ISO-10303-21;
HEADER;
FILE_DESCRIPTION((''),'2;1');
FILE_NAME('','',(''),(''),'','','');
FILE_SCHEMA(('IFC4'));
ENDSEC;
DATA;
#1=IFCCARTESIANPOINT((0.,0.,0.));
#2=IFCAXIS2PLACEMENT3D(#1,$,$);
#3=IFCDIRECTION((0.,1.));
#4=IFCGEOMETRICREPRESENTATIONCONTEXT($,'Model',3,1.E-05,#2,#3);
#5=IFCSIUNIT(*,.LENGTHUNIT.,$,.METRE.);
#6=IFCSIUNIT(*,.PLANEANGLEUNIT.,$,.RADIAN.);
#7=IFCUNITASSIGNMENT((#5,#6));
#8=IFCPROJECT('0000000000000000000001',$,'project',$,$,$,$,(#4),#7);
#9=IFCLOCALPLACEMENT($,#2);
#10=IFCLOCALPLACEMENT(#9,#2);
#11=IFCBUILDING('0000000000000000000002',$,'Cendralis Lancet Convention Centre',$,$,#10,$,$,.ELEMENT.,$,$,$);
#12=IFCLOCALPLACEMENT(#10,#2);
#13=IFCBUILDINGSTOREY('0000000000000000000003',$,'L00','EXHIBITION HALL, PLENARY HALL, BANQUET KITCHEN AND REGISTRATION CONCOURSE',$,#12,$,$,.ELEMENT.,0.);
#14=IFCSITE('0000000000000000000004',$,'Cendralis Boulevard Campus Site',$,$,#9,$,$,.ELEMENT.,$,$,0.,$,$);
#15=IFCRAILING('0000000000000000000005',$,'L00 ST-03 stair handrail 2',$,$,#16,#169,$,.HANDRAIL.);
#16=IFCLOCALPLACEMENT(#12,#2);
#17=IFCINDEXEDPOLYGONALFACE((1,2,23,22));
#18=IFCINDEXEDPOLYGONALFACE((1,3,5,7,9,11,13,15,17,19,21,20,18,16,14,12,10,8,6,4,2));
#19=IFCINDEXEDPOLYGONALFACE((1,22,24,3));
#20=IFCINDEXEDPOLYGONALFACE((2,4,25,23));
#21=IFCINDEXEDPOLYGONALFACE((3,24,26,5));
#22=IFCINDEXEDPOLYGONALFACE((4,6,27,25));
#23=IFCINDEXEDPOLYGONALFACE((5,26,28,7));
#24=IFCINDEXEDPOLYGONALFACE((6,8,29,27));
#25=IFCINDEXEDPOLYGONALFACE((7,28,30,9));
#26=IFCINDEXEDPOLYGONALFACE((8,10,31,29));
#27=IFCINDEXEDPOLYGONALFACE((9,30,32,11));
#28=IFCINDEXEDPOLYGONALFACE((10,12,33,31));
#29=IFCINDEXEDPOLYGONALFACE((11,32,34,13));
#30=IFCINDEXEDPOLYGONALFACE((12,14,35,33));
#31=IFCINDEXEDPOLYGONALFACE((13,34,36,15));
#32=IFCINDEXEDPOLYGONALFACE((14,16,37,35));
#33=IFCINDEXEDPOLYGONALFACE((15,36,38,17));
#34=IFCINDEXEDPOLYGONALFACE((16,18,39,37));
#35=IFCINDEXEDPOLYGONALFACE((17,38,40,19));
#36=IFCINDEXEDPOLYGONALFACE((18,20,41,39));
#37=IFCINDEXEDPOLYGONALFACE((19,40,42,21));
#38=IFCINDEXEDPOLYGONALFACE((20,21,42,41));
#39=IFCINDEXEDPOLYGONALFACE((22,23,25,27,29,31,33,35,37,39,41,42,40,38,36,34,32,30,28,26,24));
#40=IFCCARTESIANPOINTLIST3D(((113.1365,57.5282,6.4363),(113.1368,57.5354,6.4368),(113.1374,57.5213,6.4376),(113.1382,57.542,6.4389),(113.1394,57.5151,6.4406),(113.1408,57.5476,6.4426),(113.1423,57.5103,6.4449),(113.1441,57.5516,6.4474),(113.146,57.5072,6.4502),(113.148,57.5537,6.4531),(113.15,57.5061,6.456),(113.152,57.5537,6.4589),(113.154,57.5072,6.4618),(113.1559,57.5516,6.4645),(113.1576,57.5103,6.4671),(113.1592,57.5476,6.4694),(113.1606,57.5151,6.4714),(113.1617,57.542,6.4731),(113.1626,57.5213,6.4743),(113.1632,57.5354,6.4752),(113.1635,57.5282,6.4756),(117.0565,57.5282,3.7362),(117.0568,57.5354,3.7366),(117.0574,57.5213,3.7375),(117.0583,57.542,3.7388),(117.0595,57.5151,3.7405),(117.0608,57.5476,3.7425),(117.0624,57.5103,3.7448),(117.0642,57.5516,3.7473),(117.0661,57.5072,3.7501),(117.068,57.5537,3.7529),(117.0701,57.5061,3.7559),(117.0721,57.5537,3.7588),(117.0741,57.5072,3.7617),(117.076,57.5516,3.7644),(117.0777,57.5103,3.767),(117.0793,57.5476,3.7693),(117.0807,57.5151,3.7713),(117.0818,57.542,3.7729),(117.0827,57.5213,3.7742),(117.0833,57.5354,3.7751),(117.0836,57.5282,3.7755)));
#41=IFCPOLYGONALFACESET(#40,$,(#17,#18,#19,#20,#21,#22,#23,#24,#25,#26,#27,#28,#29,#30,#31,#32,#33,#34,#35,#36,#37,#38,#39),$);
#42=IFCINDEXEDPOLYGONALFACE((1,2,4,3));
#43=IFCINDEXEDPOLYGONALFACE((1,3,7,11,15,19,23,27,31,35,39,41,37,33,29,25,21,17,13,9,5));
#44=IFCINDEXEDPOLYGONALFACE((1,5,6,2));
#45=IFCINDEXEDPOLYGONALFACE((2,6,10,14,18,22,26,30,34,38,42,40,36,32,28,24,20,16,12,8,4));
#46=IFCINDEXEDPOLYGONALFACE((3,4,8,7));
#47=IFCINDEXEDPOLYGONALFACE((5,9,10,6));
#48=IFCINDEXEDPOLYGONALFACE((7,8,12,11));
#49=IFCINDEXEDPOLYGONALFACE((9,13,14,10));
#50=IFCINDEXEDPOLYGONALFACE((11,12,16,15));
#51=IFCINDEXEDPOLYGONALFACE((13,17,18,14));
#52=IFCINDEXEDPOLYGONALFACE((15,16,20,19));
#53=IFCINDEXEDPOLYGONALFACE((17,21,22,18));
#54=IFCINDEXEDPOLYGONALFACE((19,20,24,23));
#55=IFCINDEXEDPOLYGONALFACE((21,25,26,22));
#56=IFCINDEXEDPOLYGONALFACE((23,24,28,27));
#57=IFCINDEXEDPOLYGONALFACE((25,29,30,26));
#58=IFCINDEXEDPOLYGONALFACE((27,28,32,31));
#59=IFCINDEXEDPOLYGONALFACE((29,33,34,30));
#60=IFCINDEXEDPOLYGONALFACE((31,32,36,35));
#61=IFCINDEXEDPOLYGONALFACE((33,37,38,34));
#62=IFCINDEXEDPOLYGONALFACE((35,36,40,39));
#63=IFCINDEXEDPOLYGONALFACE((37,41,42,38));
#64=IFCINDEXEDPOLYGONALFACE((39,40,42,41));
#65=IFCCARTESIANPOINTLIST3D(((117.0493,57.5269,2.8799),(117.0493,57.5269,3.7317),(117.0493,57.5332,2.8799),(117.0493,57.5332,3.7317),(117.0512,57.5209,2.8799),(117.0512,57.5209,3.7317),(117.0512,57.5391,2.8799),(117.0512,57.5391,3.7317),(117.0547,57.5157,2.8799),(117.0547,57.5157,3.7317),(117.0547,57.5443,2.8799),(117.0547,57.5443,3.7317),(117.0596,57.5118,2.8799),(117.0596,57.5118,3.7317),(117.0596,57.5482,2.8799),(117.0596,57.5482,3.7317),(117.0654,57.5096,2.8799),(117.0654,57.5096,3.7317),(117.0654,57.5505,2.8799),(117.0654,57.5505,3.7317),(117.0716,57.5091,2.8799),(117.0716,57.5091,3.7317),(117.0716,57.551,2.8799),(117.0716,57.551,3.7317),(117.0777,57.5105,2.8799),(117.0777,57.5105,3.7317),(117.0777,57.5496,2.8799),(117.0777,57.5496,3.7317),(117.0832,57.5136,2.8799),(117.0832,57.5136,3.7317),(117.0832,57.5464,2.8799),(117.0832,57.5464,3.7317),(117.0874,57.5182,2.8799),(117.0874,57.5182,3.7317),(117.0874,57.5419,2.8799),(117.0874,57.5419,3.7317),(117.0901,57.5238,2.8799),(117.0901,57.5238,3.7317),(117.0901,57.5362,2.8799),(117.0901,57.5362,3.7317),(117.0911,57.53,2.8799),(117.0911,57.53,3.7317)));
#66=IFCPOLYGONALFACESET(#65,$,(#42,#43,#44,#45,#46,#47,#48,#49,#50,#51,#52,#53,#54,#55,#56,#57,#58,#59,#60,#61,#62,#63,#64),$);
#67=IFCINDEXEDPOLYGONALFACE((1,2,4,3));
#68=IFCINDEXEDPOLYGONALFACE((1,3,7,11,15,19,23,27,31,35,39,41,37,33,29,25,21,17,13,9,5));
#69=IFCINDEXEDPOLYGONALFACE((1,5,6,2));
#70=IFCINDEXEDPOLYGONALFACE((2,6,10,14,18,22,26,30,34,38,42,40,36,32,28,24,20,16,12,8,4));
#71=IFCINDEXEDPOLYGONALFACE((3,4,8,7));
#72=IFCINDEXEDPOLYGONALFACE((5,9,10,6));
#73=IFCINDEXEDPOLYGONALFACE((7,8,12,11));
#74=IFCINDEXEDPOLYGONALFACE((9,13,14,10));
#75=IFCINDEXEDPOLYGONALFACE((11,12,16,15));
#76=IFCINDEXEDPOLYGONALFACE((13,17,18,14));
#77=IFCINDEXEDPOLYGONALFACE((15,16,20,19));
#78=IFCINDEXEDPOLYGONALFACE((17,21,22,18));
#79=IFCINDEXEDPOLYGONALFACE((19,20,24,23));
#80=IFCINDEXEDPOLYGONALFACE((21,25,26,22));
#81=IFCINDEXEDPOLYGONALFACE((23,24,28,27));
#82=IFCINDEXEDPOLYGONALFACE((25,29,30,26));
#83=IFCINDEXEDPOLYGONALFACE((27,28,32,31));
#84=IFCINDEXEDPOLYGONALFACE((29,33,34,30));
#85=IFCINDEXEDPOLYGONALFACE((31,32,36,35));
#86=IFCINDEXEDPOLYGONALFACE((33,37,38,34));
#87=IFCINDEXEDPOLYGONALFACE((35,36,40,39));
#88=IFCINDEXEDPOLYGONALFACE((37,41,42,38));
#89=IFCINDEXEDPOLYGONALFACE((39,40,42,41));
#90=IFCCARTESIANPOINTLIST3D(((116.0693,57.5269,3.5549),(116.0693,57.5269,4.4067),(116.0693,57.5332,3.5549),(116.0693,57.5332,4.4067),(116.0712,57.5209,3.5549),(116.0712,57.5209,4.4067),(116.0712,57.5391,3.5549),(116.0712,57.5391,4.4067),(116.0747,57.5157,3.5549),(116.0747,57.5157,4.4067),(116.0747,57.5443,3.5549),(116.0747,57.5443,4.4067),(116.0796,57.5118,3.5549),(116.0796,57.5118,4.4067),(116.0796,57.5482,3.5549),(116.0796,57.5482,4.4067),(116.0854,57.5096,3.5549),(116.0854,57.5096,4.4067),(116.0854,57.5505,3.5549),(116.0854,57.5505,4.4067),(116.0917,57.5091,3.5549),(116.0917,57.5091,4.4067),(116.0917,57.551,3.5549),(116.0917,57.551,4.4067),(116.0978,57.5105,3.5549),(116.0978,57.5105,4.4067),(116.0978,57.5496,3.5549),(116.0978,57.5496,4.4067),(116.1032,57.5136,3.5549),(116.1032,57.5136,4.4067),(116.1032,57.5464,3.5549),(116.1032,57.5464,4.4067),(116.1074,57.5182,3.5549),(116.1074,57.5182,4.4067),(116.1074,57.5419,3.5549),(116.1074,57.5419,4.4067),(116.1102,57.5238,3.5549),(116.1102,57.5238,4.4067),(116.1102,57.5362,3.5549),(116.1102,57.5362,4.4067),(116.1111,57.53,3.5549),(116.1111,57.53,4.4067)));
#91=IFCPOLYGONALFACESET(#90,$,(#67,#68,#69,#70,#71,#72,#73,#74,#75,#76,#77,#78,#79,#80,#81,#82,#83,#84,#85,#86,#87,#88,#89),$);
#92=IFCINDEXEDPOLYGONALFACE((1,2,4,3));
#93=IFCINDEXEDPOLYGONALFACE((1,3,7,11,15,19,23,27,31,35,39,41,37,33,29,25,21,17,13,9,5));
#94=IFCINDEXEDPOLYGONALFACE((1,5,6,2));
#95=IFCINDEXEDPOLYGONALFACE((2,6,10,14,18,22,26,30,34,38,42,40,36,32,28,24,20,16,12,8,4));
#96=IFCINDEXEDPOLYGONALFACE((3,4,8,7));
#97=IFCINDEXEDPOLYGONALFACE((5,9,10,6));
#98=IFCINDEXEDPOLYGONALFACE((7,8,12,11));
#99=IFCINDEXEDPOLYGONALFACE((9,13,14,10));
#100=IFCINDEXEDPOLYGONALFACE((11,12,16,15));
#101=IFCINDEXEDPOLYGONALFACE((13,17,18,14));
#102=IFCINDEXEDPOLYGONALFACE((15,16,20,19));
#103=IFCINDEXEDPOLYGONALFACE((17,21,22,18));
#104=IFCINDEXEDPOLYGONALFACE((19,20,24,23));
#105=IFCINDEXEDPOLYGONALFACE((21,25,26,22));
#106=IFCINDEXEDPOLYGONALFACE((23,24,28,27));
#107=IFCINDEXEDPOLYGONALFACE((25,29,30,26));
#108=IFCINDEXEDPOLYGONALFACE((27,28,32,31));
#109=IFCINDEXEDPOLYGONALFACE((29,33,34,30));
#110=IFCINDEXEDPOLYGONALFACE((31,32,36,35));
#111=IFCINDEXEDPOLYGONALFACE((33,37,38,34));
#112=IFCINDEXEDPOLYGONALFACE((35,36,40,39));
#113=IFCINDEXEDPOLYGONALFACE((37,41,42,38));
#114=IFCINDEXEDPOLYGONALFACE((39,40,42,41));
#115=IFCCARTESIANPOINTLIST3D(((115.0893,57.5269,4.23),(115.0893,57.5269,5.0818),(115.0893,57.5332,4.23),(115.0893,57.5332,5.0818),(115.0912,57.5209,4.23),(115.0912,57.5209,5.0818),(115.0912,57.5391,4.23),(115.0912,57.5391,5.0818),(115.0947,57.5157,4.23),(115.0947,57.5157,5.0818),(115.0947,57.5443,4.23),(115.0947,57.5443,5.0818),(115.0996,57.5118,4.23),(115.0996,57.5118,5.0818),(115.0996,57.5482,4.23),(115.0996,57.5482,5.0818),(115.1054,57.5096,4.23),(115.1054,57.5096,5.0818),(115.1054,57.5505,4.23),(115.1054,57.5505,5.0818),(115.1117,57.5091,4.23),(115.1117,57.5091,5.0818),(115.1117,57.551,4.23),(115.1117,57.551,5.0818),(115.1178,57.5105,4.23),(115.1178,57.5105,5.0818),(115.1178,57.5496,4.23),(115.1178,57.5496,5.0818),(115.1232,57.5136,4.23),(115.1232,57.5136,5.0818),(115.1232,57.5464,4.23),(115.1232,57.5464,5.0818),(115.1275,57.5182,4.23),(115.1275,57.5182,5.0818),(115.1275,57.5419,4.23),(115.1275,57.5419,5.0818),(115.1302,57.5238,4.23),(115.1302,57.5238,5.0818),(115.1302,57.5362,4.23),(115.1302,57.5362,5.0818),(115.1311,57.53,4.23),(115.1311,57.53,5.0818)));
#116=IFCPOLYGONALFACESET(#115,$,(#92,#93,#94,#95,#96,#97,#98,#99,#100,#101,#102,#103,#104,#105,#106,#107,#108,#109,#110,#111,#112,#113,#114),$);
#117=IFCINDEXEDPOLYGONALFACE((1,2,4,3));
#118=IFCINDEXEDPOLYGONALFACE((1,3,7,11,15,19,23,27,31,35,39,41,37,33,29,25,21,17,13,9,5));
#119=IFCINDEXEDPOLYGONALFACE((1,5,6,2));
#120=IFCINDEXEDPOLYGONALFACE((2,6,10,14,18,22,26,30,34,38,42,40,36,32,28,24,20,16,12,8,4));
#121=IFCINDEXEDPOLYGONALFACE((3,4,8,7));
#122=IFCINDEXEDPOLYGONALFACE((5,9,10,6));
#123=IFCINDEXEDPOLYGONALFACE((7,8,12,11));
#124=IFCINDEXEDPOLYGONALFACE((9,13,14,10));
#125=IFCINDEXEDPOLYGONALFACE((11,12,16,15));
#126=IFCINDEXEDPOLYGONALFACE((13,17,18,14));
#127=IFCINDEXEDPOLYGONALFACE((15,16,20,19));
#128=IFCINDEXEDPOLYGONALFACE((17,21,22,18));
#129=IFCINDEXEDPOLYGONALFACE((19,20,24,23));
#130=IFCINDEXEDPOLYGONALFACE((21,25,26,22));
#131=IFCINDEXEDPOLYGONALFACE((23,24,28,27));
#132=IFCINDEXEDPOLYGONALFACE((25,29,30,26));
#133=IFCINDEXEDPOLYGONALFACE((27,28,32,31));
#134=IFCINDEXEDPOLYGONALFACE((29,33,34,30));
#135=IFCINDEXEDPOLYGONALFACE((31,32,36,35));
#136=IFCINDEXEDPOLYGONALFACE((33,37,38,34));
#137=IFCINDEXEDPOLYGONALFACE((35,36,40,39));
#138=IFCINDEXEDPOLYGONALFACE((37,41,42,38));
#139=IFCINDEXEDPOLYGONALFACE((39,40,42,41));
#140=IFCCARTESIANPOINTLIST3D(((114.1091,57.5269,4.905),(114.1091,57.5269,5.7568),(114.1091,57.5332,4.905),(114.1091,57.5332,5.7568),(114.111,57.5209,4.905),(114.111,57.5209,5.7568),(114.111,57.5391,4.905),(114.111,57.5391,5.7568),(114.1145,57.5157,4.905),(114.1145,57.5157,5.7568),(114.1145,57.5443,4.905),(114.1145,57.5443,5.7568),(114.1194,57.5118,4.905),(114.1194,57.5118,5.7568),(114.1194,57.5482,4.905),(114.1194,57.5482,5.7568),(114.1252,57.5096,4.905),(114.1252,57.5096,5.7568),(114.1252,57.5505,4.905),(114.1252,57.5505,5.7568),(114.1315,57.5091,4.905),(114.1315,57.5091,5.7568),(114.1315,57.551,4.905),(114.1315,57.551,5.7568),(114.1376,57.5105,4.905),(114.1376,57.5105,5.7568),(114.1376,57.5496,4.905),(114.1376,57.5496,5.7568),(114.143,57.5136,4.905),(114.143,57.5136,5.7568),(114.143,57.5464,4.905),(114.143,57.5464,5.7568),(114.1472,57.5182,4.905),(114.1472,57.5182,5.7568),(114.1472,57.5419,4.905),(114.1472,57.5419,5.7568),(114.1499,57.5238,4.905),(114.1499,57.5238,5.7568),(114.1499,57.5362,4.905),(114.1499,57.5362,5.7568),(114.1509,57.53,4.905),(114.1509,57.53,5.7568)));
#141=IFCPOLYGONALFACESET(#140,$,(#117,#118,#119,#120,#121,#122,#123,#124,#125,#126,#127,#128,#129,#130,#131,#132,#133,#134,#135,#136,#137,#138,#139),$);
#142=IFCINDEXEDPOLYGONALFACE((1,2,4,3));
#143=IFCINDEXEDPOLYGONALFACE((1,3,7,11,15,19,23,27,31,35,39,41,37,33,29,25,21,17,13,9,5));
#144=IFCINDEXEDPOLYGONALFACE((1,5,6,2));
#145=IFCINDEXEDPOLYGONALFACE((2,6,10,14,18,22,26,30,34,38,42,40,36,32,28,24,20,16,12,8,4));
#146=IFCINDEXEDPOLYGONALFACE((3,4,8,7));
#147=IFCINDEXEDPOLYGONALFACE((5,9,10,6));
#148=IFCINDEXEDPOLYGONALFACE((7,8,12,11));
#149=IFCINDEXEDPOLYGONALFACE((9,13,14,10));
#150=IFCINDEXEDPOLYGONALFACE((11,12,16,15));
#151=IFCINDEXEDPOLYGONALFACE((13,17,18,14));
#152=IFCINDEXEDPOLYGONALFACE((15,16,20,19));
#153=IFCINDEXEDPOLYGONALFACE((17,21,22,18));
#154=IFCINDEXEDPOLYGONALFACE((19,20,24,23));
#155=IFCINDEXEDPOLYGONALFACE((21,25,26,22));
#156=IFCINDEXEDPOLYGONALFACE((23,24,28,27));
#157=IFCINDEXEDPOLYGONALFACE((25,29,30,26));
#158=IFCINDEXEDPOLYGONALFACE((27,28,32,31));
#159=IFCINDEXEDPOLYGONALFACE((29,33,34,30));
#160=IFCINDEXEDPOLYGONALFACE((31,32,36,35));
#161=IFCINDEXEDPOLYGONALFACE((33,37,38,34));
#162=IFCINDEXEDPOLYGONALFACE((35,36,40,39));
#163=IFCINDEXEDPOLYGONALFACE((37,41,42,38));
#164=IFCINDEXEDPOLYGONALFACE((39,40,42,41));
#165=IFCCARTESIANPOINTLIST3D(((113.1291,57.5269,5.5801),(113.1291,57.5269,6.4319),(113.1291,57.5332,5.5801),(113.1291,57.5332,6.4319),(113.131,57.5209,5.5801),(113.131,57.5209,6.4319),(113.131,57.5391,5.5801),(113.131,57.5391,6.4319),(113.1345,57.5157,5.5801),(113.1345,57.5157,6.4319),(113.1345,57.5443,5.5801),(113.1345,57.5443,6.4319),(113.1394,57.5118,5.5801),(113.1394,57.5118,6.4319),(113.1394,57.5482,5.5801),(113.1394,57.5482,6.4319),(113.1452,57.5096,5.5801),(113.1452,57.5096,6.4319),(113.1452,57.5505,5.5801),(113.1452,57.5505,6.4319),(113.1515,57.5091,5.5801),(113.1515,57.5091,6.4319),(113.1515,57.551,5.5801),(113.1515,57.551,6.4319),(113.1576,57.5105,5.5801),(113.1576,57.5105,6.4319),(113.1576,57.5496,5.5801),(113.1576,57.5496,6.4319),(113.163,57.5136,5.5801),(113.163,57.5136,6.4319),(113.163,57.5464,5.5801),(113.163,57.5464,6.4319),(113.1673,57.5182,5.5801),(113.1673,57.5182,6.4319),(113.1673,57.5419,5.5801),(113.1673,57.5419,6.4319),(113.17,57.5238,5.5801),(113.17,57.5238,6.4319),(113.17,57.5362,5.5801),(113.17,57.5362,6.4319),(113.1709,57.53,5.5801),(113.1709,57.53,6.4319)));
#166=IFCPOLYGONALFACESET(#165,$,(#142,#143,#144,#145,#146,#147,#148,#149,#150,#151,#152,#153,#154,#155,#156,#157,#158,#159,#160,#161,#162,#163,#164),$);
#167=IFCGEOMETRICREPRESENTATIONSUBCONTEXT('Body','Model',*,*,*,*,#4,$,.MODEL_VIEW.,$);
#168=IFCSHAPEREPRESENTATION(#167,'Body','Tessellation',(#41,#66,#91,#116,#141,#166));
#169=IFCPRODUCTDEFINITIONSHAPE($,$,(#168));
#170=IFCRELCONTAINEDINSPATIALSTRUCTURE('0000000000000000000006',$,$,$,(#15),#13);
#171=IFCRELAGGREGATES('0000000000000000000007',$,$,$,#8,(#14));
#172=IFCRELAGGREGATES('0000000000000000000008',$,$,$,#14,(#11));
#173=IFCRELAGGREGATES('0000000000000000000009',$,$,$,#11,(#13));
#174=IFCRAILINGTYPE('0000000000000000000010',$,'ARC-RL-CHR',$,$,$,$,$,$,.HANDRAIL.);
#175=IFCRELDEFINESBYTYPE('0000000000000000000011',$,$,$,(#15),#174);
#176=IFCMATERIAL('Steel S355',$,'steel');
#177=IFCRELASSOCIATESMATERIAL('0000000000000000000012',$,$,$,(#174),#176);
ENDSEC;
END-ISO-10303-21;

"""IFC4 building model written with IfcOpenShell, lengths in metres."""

from ifc_helpers import new_model, si_unit, direction, frame, origin, origin_2d, place, context, subcontext, project, spatial, circle, extrude, material, type_object, element, save


model = new_model("IFC4")

# Units and contexts
model_context = context("Model", 3, precision=1e-05, world=origin(), true_north=direction((0.0, 1.0)))
body_context = subcontext(model_context, "Body", "Model", "MODEL_VIEW")
ifc_project = project(units=[si_unit("LENGTHUNIT", "METRE"), si_unit("PLANEANGLEUNIT", "RADIAN")], contexts=[model_context])

# Site, building, storey
site_placement = place(None, origin())
site = spatial("IfcSite", under=ifc_project, at=site_placement, Name="Cendralis Boulevard Campus Site", CompositionType="ELEMENT", RefElevation=0.0)
building_placement = place(site_placement, origin())
building = spatial("IfcBuilding", under=site, at=building_placement, Name="Cendralis Lancet Convention Centre", CompositionType="ELEMENT")
storey_placement = place(building_placement, origin())
storey = spatial("IfcBuildingStorey", under=building, at=storey_placement, Name="L00", Description="EXHIBITION HALL, PLENARY HALL, BANQUET KITCHEN AND REGISTRATION CONCOURSE", CompositionType="ELEMENT", Elevation=0.0)

# Railing
ifc_material_1 = material(Name="Steel S355", Category="steel")
railing_type_1 = type_object("IfcRailingType", Name="ARC-RL-CHR", PredefinedType="HANDRAIL", material=ifc_material_1)
railing_1_placement = place(storey_placement, frame((117.0701, 57.53, 2.8799)))
element("IfcRailing", 1, at=railing_1_placement, inside=storey, type_object=railing_type_1, Name="L00 ST-03 stair handrail 2", PredefinedType="HANDRAIL", context=body_context, shape_type="SweptSolid", body=[
    extrude(circle(Radius=0.0239, at=origin_2d()), frame((0.0, 0.0, 0.876), z_axis=(-0.823543, 0.0, 0.567253), x_axis=(0.0, -1.0, 0.0)), (0.0, 0.0, 1.0), 4.76),
    extrude(circle(Radius=0.021, at=origin_2d()), origin(), (0.0, 0.0, 1.0), 0.8518),
    extrude(circle(Radius=0.021, at=origin_2d()), frame((-0.98, 0.0, 0.675)), (0.0, 0.0, 1.0), 0.8518),
    extrude(circle(Radius=0.021, at=origin_2d()), frame((-1.96, 0.0, 1.3501)), (0.0, 0.0, 1.0), 0.8518),
    extrude(circle(Radius=0.021, at=origin_2d()), frame((-2.9402, 0.0, 2.0251)), (0.0, 0.0, 1.0), 0.8518),
    extrude(circle(Radius=0.021, at=origin_2d()), frame((-3.9202, 0.0, 2.7002)), (0.0, 0.0, 1.0), 0.8518),
])

save(model, "model.ifc")
